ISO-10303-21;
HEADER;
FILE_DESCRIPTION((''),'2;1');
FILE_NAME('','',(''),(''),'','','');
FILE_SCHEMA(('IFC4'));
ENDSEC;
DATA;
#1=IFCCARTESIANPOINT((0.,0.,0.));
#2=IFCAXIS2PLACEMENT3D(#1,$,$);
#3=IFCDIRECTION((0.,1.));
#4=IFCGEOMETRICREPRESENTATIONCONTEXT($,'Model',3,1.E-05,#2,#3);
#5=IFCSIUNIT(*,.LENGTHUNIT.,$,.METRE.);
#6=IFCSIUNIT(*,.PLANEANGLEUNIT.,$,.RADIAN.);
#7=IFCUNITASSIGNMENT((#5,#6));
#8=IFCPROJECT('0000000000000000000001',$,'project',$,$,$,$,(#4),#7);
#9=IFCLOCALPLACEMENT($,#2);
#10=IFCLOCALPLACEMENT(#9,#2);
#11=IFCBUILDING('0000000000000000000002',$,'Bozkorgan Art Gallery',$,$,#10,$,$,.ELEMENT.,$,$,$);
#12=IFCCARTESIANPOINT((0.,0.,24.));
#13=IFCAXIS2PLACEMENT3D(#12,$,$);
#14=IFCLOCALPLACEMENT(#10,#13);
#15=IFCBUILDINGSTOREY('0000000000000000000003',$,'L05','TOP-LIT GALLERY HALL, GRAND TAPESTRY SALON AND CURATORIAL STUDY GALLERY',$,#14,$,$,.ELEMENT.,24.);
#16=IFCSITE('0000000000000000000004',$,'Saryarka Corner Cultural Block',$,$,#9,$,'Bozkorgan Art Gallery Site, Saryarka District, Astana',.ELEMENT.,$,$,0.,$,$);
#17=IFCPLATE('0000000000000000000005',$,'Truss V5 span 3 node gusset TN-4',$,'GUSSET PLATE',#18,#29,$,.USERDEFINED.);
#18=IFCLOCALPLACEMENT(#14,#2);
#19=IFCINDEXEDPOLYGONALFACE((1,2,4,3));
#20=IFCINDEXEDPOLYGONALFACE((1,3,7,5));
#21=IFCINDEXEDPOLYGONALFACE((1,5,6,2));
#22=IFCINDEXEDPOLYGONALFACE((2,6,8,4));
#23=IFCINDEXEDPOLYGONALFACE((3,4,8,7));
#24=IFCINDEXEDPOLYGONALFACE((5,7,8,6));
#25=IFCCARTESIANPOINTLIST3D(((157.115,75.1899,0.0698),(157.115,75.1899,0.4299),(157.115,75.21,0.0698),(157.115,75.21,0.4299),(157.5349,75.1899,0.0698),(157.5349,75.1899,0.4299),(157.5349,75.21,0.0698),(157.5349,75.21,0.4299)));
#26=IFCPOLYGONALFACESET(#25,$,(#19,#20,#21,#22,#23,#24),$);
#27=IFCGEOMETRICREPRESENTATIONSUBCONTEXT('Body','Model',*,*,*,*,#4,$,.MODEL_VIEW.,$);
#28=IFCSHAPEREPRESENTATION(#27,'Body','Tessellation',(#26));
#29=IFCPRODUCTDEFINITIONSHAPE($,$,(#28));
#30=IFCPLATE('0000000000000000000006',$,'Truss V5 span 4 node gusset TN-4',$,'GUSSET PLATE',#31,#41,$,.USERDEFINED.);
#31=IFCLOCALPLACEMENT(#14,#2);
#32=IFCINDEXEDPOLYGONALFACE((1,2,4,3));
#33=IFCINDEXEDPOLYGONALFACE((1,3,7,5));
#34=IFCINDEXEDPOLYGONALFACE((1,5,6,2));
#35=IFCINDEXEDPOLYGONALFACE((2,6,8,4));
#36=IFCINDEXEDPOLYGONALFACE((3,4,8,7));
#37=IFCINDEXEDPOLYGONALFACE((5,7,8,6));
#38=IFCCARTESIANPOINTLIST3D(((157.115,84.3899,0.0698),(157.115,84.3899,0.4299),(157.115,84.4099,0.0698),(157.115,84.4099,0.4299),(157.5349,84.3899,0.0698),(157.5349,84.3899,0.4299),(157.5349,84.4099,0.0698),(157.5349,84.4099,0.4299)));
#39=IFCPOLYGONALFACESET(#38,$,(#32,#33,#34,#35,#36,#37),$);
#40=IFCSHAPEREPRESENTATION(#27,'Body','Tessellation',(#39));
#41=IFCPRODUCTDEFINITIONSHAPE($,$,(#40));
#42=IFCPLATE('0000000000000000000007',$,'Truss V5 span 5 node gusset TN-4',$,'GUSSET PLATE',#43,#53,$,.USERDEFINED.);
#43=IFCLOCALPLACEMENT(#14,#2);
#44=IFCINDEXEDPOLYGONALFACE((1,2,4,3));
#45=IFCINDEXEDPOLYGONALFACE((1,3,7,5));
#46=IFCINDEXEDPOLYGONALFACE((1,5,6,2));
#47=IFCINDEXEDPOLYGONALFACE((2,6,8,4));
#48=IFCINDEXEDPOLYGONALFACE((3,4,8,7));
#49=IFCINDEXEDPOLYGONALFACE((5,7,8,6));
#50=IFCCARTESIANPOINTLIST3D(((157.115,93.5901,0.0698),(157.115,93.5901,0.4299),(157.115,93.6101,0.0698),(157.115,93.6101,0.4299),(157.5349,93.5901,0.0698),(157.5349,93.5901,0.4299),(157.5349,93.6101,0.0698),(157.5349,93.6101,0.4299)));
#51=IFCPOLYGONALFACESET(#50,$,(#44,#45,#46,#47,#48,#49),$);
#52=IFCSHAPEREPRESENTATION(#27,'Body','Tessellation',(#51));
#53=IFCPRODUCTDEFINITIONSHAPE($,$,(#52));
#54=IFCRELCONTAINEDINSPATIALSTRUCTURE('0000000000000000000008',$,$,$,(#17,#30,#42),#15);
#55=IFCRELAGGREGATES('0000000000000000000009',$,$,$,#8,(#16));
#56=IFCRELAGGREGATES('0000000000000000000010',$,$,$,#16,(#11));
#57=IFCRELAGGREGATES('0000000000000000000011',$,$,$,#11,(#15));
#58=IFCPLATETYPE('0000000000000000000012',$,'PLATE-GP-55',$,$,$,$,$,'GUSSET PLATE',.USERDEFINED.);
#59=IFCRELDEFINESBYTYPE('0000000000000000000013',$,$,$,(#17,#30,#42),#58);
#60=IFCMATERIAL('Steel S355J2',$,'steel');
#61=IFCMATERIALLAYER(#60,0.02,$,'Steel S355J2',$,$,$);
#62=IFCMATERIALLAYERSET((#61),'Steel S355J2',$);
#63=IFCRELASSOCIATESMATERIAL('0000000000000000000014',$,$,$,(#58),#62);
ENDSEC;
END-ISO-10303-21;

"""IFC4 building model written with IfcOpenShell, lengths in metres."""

from ifc_helpers import new_model, si_unit, direction, frame, origin, origin_2d, place, context, subcontext, project, spatial, rectangle, extrude, material, layer, layer_set, type_object, element, save


model = new_model("IFC4")

# Units and contexts
model_context = context("Model", 3, precision=1e-05, world=origin(), true_north=direction((0.0, 1.0)))
body_context = subcontext(model_context, "Body", "Model", "MODEL_VIEW")
ifc_project = project(units=[si_unit("LENGTHUNIT", "METRE"), si_unit("PLANEANGLEUNIT", "RADIAN")], contexts=[model_context])

# Site, building, storey
site_placement = place(None, origin())
site = spatial("IfcSite", under=ifc_project, at=site_placement, Name="Saryarka Corner Cultural Block", LongName="Bozkorgan Art Gallery Site, Saryarka District, Astana", CompositionType="ELEMENT", RefElevation=0.0)
building_placement = place(site_placement, origin())
building = spatial("IfcBuilding", under=site, at=building_placement, Name="Bozkorgan Art Gallery", CompositionType="ELEMENT")
storey_placement = place(building_placement, frame((0.0, 0.0, 24.0)))
storey = spatial("IfcBuildingStorey", under=building, at=storey_placement, Name="L05", Description="TOP-LIT GALLERY HALL, GRAND TAPESTRY SALON AND CURATORIAL STUDY GALLERY", CompositionType="ELEMENT", Elevation=24.0)

# Shared definitions
ifc_material = material(Name="Steel S355J2", Category="steel")

# Plates
ifc_layer_1 = layer(ifc_material, 0.02, Name="Steel S355J2")
ifc_layer_set_1 = layer_set([ifc_layer_1], Name="Steel S355J2")
plate_type_1 = type_object("IfcPlateType", Name="PLATE-GP-55", ElementType="GUSSET PLATE", PredefinedType="USERDEFINED", material=ifc_layer_set_1)
for number, where, z_axis, x_axis, name in (
    (1, (157.325, 75.2, 0.0698), (0.0, 0.0, 1.0), (1.0, 0.0, 0.0), "Truss V5 span 3 node gusset TN-4"),
    (2, (157.325, 84.3999, 0.0698), (0.0, 0.0, 1.0), (1.0, 0.0, 0.0), "Truss V5 span 4 node gusset TN-4"),
    (3, (157.325, 93.6001, 0.0698), (0.0, 0.0, 1.0), (1.0, 0.0, 0.0), "Truss V5 span 5 node gusset TN-4"),
):
    element("IfcPlate", number, at=place(storey_placement, frame(where, z_axis=z_axis, x_axis=x_axis)), inside=storey, type_object=plate_type_1, Name=name, ObjectType="GUSSET PLATE", PredefinedType="USERDEFINED", context=body_context, shape_type="SweptSolid", body=[
        extrude(rectangle(XDim=0.4199, YDim=0.02, at=origin_2d()), origin(), (0.0, 0.0, 1.0), 0.3601),
    ])

save(model, "model.ifc")
